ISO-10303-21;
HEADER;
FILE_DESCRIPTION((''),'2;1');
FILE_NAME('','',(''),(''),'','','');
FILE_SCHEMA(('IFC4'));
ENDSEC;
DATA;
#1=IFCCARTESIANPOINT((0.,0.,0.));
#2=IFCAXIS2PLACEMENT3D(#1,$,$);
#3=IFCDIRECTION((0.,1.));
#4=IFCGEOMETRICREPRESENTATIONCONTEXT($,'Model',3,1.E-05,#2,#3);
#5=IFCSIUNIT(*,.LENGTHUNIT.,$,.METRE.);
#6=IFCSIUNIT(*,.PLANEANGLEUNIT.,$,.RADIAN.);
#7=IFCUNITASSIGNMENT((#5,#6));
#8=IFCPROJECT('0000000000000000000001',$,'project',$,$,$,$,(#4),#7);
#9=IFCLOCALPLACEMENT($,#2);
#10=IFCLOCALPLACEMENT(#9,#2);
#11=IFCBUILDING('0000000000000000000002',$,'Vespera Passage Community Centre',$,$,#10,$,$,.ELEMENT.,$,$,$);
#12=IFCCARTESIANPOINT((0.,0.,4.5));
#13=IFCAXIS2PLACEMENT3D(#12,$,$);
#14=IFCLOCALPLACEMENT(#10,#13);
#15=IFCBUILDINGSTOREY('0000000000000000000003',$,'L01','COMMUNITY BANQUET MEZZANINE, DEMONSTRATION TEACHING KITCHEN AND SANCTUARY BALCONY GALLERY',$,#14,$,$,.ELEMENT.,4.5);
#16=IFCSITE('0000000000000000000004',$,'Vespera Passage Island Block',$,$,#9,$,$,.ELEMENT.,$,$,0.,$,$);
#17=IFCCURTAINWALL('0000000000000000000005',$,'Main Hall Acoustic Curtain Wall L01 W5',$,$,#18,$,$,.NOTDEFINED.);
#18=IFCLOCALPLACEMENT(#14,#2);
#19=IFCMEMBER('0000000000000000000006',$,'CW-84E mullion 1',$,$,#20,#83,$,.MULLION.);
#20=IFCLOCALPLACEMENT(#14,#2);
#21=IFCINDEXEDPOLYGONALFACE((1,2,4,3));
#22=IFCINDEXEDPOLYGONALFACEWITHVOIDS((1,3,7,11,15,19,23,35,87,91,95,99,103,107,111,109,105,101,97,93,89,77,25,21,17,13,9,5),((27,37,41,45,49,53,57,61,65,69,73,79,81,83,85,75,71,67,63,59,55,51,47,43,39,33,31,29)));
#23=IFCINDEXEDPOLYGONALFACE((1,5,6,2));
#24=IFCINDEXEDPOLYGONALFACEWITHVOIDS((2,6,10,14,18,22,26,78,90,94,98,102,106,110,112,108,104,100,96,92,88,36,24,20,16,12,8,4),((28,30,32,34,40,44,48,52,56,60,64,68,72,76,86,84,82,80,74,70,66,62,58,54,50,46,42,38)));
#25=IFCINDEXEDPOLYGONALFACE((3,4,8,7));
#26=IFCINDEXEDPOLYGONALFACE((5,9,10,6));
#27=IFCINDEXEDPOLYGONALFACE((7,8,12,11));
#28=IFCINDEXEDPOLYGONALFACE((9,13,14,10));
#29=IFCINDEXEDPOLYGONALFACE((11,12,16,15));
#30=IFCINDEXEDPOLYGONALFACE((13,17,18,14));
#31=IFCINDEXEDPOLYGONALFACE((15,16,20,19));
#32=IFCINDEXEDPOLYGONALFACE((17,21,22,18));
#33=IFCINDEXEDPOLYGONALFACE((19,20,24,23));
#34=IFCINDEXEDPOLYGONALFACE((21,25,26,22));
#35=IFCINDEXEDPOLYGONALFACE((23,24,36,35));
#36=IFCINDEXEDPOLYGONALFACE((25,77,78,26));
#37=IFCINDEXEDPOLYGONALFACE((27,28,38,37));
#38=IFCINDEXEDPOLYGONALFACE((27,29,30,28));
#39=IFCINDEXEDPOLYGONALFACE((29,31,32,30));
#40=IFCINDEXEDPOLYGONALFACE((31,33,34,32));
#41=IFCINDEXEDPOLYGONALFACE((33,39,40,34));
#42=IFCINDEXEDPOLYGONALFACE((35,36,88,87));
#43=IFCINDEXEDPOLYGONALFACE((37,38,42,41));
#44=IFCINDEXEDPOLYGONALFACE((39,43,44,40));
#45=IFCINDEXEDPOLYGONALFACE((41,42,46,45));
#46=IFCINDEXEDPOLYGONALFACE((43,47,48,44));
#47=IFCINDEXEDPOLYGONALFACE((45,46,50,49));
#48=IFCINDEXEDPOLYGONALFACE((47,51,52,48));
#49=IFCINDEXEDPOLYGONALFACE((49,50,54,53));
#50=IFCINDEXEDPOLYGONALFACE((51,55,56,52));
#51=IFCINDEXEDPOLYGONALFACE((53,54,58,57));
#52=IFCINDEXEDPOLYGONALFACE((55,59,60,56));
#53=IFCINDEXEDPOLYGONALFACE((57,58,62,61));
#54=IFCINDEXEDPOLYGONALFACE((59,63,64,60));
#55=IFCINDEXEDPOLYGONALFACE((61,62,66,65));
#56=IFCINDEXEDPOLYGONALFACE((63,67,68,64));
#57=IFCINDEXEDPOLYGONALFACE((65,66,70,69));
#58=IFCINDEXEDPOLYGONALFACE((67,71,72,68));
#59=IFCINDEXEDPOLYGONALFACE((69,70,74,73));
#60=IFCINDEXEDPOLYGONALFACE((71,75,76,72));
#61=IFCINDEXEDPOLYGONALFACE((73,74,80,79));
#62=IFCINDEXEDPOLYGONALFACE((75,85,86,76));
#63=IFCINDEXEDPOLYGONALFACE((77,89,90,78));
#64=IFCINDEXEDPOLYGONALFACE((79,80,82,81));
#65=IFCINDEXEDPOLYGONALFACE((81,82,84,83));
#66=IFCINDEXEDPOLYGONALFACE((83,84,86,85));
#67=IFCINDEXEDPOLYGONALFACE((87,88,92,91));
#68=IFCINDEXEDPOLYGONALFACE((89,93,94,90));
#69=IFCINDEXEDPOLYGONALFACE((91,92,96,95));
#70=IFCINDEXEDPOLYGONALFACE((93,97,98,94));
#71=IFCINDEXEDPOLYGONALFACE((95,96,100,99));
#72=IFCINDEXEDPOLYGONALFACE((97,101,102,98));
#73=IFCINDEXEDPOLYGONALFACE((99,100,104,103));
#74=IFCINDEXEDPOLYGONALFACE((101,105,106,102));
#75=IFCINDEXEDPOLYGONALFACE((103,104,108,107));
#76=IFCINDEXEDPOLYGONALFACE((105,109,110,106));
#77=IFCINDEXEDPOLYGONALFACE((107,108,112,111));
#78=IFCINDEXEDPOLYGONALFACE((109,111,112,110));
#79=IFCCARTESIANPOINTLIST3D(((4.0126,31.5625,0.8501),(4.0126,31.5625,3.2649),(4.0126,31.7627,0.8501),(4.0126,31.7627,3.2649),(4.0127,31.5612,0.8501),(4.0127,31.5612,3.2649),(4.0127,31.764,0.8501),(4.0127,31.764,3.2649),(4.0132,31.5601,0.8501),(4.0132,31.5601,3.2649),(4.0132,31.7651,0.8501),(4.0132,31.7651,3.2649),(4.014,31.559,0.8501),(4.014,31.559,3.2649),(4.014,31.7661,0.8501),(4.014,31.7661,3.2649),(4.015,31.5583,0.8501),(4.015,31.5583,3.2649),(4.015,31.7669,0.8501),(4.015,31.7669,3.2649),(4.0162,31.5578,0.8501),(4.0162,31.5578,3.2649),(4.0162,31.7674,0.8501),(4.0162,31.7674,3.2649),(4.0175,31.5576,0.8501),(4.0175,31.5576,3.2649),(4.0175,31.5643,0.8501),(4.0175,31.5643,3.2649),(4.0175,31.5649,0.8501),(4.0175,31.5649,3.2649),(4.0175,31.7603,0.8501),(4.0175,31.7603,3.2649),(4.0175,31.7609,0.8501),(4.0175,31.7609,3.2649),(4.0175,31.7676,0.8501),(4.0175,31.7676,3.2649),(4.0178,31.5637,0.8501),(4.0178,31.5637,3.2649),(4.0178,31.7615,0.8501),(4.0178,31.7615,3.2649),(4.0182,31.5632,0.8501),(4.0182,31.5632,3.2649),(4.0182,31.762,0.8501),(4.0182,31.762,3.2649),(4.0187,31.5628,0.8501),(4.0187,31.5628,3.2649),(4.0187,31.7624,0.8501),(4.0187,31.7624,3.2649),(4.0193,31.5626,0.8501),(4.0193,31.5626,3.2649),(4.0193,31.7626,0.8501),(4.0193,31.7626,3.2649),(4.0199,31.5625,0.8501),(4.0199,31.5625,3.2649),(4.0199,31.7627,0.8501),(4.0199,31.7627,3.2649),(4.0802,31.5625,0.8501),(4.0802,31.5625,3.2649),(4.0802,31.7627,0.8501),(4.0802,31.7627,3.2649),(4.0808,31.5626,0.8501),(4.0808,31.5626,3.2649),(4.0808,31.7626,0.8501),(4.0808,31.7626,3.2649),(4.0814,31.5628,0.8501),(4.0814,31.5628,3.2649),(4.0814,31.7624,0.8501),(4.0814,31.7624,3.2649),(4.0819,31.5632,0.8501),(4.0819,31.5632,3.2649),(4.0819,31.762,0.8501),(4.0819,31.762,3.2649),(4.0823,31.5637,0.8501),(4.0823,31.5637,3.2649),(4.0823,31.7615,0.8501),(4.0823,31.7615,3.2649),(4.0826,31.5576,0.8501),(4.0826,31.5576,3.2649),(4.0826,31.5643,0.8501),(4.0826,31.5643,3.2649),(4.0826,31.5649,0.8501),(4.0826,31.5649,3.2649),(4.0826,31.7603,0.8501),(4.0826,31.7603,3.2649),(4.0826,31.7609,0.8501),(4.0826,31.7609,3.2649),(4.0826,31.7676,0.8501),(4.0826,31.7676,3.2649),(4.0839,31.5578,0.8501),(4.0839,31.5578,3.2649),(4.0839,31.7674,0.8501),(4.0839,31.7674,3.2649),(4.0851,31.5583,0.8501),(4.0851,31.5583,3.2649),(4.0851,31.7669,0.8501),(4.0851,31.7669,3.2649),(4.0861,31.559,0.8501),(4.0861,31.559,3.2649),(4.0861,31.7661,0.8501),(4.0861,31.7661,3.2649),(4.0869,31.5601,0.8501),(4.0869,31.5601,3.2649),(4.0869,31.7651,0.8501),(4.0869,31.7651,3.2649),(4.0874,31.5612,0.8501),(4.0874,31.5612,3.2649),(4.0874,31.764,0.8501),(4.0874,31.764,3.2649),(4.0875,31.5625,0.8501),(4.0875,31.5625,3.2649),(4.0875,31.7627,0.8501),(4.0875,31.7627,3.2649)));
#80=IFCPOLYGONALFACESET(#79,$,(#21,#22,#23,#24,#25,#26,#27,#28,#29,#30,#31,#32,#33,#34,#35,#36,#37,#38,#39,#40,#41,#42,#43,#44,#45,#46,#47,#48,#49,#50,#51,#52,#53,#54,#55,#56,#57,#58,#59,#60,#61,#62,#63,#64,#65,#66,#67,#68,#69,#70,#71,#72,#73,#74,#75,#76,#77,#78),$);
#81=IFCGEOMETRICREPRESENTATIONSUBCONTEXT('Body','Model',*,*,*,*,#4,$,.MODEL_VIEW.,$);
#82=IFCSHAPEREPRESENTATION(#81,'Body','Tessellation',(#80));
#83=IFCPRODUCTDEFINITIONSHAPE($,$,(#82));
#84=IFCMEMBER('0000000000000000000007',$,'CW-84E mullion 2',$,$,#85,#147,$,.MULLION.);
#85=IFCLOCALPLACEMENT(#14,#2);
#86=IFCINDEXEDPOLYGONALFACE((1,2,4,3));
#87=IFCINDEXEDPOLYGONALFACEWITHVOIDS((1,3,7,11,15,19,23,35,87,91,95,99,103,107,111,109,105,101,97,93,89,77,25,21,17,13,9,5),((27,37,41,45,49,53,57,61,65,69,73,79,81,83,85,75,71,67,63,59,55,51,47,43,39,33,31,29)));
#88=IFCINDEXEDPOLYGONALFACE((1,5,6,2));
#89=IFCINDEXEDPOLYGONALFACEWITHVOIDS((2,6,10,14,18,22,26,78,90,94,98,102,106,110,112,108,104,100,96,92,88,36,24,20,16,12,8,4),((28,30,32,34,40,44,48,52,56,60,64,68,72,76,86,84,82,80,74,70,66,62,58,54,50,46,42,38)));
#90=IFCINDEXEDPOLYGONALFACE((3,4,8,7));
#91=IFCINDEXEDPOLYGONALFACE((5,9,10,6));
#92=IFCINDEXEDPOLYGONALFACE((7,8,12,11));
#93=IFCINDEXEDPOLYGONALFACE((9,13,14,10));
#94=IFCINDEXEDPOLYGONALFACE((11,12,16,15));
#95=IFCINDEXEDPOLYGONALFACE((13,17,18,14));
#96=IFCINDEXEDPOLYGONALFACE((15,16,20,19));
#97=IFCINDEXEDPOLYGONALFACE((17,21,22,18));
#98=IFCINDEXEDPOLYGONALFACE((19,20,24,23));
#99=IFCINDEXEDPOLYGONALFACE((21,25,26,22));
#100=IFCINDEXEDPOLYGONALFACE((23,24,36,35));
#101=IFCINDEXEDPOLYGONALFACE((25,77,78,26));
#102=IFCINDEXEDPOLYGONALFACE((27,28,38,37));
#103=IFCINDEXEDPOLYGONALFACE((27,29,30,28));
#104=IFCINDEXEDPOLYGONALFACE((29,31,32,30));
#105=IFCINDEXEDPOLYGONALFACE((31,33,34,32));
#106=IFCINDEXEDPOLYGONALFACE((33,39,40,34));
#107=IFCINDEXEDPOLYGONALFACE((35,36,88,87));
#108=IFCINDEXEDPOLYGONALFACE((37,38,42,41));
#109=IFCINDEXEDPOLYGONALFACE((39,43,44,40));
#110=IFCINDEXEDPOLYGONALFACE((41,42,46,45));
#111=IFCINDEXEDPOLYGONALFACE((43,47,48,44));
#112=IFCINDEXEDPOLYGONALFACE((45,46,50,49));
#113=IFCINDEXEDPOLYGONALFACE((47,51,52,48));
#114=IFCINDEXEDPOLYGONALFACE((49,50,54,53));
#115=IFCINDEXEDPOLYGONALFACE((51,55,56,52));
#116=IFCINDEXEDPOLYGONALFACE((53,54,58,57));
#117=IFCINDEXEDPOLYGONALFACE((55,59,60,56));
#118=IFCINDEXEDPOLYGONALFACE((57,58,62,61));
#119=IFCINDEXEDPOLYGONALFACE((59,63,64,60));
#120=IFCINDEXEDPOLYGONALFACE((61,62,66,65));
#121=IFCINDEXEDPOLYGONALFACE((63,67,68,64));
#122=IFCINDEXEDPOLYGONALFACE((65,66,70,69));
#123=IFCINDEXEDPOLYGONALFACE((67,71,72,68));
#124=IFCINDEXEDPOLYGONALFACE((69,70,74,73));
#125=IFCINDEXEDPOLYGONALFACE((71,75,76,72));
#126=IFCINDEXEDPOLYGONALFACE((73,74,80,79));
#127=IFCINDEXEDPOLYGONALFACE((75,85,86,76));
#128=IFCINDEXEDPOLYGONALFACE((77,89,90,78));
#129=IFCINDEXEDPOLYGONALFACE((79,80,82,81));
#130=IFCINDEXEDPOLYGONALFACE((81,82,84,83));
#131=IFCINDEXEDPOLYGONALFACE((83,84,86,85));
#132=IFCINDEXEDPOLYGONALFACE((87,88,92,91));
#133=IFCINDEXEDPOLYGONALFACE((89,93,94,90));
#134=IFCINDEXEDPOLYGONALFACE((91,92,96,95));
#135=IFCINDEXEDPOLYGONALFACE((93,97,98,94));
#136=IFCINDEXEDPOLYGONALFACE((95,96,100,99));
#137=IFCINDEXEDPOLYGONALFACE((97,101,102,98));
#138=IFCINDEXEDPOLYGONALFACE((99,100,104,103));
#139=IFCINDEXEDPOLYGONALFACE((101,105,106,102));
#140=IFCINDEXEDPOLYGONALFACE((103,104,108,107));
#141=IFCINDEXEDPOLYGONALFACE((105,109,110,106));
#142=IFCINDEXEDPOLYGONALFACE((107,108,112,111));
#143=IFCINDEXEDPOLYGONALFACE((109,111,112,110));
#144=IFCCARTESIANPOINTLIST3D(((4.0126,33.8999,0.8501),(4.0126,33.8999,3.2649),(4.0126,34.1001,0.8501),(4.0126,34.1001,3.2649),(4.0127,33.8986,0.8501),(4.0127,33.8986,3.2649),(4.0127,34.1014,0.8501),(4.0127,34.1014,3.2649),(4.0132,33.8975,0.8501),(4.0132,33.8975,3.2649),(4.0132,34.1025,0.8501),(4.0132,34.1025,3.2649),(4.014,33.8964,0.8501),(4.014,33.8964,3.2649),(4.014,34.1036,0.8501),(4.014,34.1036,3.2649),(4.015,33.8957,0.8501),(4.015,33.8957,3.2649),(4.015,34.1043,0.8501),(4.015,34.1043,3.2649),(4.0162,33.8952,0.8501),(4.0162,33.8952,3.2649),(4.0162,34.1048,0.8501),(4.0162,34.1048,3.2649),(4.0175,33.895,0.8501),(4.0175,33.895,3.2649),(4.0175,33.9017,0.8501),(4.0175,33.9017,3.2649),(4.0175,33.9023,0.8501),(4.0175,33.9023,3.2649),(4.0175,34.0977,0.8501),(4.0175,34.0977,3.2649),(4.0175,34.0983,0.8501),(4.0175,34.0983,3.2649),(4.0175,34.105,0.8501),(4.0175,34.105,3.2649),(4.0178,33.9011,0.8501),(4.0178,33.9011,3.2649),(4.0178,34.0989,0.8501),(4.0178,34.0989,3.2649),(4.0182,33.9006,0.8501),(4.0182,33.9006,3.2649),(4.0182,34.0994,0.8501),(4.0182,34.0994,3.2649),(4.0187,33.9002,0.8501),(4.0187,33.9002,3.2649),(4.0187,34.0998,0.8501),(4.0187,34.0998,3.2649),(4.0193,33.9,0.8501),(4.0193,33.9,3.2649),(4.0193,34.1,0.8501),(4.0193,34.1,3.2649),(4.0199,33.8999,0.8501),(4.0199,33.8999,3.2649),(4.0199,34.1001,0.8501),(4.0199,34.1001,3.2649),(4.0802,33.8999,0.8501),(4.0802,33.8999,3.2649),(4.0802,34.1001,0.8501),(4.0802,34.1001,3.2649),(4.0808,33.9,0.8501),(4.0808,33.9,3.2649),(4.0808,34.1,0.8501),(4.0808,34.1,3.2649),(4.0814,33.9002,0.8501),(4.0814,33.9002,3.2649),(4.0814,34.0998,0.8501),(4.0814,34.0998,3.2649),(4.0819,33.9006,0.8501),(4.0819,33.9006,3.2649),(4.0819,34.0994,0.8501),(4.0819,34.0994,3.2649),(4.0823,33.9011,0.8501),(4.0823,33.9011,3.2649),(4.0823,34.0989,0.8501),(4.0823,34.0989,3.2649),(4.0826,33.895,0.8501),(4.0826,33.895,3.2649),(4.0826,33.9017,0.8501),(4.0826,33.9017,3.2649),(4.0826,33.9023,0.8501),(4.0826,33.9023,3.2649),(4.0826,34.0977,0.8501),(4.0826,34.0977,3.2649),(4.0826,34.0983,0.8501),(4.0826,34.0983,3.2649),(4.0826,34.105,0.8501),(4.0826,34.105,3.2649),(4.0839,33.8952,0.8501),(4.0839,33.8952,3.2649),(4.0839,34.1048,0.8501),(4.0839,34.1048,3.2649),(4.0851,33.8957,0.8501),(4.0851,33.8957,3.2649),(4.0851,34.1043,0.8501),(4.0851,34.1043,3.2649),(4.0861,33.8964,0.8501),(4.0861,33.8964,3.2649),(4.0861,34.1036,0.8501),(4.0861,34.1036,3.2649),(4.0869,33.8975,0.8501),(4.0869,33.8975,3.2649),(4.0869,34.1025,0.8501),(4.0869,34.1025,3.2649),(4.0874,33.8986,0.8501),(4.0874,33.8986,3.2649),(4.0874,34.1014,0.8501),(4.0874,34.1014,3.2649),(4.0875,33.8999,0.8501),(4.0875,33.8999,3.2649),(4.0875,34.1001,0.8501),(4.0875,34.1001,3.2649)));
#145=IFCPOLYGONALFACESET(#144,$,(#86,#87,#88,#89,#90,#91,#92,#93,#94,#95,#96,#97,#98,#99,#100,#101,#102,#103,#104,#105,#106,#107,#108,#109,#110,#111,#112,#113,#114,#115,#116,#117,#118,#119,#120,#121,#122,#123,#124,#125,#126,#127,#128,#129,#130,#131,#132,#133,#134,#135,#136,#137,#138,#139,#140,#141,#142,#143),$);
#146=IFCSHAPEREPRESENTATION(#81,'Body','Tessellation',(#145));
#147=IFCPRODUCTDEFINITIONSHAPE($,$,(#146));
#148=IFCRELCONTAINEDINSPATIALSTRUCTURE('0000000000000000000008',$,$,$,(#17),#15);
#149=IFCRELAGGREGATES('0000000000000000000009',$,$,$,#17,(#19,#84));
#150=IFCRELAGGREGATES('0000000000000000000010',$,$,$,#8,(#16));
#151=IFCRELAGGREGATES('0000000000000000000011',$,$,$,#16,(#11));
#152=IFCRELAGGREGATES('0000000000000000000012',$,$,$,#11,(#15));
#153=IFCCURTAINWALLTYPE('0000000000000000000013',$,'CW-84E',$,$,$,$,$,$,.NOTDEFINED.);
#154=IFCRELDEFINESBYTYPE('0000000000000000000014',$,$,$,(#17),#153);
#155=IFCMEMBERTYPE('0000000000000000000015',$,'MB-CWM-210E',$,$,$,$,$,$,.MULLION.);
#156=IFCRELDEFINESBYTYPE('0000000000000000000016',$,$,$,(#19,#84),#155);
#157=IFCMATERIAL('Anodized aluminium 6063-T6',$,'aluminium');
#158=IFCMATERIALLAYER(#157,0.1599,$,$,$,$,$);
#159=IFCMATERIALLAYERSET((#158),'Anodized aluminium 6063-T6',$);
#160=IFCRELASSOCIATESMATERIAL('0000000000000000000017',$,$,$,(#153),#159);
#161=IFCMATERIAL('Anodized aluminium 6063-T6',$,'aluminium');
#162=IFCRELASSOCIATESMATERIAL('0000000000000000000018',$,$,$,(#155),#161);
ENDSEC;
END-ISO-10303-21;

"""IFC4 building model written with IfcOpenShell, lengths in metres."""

from ifc_helpers import new_model, si_unit, direction, frame, origin, origin_2d, place, context, subcontext, project, spatial, hollow_rectangle, extrude, material, layer, layer_set, material_profile, profile_set, type_object, element, aggregate, save


model = new_model("IFC4")

# Units and contexts
model_context = context("Model", 3, precision=1e-05, world=origin(), true_north=direction((0.0, 1.0)))
body_context = subcontext(model_context, "Body", "Model", "MODEL_VIEW")
ifc_project = project(units=[si_unit("LENGTHUNIT", "METRE"), si_unit("PLANEANGLEUNIT", "RADIAN")], contexts=[model_context])

# Site, building, storey
site_placement = place(None, origin())
site = spatial("IfcSite", under=ifc_project, at=site_placement, Name="Vespera Passage Island Block", CompositionType="ELEMENT", RefElevation=0.0)
building_placement = place(site_placement, origin())
building = spatial("IfcBuilding", under=site, at=building_placement, Name="Vespera Passage Community Centre", CompositionType="ELEMENT")
storey_placement = place(building_placement, frame((0.0, 0.0, 4.5)))
storey = spatial("IfcBuildingStorey", under=building, at=storey_placement, Name="L01", Description="COMMUNITY BANQUET MEZZANINE, DEMONSTRATION TEACHING KITCHEN AND SANCTUARY BALCONY GALLERY", CompositionType="ELEMENT", Elevation=4.5)

# Curtain wall, members
ifc_material_1 = material(Name="Anodized aluminium 6063-T6", Category="aluminium")
ifc_layer_1 = layer(ifc_material_1, 0.1599)
ifc_layer_set_1 = layer_set([ifc_layer_1], Name="Anodized aluminium 6063-T6")
curtain_wall_type = type_object("IfcCurtainWallType", Name="CW-84E", PredefinedType="NOTDEFINED", material=ifc_layer_set_1)
ifc_material_2 = material(Name="Anodized aluminium 6063-T6", Category="aluminium")
ifc_material_profile_1 = material_profile(ifc_material_2, hollow_rectangle(XDim=0.075, YDim=0.21, WallThickness=0.0049, InnerFilletRadius=0.0024, OuterFilletRadius=0.0049, at=origin_2d()), Name="ALU210X75X5")
ifc_profile_set_1 = profile_set([ifc_material_profile_1], Name="Anodized aluminium 6063-T6")
member_type_1 = type_object("IfcMemberType", Name="MB-CWM-210E", PredefinedType="MULLION", material=ifc_profile_set_1)
curtain_wall_1_placement = place(storey_placement, origin())
curtain_wall_1 = element("IfcCurtainWall", 1, at=curtain_wall_1_placement, inside=storey, type_object=curtain_wall_type, Name="Main Hall Acoustic Curtain Wall L01 W5", PredefinedType="NOTDEFINED")
member_1_placement = place(storey_placement, frame((4.05, 31.6626, 0.8501), z_axis=(0.0, 0.0, 1.0), x_axis=(-1.0, 0.0, 0.0)))
member_1 = element("IfcMember", 2, at=member_1_placement, type_object=member_type_1, Name="CW-84E mullion 1", PredefinedType="MULLION", context=body_context, shape_type="SweptSolid", body=[
    extrude(hollow_rectangle(XDim=0.075, YDim=0.21, WallThickness=0.0049, InnerFilletRadius=0.0024, OuterFilletRadius=0.0049, at=origin_2d()), origin(), (0.0, 0.0, 1.0), 2.4148),
])
member_2_placement = place(storey_placement, frame((4.05, 34.0, 0.8501), z_axis=(0.0, 0.0, 1.0), x_axis=(-1.0, 0.0, 0.0)))
member_2 = element("IfcMember", 3, at=member_2_placement, type_object=member_type_1, Name="CW-84E mullion 2", PredefinedType="MULLION", context=body_context, shape_type="SweptSolid", body=[
    extrude(hollow_rectangle(XDim=0.075, YDim=0.21, WallThickness=0.0049, InnerFilletRadius=0.0024, OuterFilletRadius=0.0049, at=origin_2d()), origin(), (0.0, 0.0, 1.0), 2.4148),
])

aggregate(curtain_wall_1, [member_1, member_2])

save(model, "model.ifc")
